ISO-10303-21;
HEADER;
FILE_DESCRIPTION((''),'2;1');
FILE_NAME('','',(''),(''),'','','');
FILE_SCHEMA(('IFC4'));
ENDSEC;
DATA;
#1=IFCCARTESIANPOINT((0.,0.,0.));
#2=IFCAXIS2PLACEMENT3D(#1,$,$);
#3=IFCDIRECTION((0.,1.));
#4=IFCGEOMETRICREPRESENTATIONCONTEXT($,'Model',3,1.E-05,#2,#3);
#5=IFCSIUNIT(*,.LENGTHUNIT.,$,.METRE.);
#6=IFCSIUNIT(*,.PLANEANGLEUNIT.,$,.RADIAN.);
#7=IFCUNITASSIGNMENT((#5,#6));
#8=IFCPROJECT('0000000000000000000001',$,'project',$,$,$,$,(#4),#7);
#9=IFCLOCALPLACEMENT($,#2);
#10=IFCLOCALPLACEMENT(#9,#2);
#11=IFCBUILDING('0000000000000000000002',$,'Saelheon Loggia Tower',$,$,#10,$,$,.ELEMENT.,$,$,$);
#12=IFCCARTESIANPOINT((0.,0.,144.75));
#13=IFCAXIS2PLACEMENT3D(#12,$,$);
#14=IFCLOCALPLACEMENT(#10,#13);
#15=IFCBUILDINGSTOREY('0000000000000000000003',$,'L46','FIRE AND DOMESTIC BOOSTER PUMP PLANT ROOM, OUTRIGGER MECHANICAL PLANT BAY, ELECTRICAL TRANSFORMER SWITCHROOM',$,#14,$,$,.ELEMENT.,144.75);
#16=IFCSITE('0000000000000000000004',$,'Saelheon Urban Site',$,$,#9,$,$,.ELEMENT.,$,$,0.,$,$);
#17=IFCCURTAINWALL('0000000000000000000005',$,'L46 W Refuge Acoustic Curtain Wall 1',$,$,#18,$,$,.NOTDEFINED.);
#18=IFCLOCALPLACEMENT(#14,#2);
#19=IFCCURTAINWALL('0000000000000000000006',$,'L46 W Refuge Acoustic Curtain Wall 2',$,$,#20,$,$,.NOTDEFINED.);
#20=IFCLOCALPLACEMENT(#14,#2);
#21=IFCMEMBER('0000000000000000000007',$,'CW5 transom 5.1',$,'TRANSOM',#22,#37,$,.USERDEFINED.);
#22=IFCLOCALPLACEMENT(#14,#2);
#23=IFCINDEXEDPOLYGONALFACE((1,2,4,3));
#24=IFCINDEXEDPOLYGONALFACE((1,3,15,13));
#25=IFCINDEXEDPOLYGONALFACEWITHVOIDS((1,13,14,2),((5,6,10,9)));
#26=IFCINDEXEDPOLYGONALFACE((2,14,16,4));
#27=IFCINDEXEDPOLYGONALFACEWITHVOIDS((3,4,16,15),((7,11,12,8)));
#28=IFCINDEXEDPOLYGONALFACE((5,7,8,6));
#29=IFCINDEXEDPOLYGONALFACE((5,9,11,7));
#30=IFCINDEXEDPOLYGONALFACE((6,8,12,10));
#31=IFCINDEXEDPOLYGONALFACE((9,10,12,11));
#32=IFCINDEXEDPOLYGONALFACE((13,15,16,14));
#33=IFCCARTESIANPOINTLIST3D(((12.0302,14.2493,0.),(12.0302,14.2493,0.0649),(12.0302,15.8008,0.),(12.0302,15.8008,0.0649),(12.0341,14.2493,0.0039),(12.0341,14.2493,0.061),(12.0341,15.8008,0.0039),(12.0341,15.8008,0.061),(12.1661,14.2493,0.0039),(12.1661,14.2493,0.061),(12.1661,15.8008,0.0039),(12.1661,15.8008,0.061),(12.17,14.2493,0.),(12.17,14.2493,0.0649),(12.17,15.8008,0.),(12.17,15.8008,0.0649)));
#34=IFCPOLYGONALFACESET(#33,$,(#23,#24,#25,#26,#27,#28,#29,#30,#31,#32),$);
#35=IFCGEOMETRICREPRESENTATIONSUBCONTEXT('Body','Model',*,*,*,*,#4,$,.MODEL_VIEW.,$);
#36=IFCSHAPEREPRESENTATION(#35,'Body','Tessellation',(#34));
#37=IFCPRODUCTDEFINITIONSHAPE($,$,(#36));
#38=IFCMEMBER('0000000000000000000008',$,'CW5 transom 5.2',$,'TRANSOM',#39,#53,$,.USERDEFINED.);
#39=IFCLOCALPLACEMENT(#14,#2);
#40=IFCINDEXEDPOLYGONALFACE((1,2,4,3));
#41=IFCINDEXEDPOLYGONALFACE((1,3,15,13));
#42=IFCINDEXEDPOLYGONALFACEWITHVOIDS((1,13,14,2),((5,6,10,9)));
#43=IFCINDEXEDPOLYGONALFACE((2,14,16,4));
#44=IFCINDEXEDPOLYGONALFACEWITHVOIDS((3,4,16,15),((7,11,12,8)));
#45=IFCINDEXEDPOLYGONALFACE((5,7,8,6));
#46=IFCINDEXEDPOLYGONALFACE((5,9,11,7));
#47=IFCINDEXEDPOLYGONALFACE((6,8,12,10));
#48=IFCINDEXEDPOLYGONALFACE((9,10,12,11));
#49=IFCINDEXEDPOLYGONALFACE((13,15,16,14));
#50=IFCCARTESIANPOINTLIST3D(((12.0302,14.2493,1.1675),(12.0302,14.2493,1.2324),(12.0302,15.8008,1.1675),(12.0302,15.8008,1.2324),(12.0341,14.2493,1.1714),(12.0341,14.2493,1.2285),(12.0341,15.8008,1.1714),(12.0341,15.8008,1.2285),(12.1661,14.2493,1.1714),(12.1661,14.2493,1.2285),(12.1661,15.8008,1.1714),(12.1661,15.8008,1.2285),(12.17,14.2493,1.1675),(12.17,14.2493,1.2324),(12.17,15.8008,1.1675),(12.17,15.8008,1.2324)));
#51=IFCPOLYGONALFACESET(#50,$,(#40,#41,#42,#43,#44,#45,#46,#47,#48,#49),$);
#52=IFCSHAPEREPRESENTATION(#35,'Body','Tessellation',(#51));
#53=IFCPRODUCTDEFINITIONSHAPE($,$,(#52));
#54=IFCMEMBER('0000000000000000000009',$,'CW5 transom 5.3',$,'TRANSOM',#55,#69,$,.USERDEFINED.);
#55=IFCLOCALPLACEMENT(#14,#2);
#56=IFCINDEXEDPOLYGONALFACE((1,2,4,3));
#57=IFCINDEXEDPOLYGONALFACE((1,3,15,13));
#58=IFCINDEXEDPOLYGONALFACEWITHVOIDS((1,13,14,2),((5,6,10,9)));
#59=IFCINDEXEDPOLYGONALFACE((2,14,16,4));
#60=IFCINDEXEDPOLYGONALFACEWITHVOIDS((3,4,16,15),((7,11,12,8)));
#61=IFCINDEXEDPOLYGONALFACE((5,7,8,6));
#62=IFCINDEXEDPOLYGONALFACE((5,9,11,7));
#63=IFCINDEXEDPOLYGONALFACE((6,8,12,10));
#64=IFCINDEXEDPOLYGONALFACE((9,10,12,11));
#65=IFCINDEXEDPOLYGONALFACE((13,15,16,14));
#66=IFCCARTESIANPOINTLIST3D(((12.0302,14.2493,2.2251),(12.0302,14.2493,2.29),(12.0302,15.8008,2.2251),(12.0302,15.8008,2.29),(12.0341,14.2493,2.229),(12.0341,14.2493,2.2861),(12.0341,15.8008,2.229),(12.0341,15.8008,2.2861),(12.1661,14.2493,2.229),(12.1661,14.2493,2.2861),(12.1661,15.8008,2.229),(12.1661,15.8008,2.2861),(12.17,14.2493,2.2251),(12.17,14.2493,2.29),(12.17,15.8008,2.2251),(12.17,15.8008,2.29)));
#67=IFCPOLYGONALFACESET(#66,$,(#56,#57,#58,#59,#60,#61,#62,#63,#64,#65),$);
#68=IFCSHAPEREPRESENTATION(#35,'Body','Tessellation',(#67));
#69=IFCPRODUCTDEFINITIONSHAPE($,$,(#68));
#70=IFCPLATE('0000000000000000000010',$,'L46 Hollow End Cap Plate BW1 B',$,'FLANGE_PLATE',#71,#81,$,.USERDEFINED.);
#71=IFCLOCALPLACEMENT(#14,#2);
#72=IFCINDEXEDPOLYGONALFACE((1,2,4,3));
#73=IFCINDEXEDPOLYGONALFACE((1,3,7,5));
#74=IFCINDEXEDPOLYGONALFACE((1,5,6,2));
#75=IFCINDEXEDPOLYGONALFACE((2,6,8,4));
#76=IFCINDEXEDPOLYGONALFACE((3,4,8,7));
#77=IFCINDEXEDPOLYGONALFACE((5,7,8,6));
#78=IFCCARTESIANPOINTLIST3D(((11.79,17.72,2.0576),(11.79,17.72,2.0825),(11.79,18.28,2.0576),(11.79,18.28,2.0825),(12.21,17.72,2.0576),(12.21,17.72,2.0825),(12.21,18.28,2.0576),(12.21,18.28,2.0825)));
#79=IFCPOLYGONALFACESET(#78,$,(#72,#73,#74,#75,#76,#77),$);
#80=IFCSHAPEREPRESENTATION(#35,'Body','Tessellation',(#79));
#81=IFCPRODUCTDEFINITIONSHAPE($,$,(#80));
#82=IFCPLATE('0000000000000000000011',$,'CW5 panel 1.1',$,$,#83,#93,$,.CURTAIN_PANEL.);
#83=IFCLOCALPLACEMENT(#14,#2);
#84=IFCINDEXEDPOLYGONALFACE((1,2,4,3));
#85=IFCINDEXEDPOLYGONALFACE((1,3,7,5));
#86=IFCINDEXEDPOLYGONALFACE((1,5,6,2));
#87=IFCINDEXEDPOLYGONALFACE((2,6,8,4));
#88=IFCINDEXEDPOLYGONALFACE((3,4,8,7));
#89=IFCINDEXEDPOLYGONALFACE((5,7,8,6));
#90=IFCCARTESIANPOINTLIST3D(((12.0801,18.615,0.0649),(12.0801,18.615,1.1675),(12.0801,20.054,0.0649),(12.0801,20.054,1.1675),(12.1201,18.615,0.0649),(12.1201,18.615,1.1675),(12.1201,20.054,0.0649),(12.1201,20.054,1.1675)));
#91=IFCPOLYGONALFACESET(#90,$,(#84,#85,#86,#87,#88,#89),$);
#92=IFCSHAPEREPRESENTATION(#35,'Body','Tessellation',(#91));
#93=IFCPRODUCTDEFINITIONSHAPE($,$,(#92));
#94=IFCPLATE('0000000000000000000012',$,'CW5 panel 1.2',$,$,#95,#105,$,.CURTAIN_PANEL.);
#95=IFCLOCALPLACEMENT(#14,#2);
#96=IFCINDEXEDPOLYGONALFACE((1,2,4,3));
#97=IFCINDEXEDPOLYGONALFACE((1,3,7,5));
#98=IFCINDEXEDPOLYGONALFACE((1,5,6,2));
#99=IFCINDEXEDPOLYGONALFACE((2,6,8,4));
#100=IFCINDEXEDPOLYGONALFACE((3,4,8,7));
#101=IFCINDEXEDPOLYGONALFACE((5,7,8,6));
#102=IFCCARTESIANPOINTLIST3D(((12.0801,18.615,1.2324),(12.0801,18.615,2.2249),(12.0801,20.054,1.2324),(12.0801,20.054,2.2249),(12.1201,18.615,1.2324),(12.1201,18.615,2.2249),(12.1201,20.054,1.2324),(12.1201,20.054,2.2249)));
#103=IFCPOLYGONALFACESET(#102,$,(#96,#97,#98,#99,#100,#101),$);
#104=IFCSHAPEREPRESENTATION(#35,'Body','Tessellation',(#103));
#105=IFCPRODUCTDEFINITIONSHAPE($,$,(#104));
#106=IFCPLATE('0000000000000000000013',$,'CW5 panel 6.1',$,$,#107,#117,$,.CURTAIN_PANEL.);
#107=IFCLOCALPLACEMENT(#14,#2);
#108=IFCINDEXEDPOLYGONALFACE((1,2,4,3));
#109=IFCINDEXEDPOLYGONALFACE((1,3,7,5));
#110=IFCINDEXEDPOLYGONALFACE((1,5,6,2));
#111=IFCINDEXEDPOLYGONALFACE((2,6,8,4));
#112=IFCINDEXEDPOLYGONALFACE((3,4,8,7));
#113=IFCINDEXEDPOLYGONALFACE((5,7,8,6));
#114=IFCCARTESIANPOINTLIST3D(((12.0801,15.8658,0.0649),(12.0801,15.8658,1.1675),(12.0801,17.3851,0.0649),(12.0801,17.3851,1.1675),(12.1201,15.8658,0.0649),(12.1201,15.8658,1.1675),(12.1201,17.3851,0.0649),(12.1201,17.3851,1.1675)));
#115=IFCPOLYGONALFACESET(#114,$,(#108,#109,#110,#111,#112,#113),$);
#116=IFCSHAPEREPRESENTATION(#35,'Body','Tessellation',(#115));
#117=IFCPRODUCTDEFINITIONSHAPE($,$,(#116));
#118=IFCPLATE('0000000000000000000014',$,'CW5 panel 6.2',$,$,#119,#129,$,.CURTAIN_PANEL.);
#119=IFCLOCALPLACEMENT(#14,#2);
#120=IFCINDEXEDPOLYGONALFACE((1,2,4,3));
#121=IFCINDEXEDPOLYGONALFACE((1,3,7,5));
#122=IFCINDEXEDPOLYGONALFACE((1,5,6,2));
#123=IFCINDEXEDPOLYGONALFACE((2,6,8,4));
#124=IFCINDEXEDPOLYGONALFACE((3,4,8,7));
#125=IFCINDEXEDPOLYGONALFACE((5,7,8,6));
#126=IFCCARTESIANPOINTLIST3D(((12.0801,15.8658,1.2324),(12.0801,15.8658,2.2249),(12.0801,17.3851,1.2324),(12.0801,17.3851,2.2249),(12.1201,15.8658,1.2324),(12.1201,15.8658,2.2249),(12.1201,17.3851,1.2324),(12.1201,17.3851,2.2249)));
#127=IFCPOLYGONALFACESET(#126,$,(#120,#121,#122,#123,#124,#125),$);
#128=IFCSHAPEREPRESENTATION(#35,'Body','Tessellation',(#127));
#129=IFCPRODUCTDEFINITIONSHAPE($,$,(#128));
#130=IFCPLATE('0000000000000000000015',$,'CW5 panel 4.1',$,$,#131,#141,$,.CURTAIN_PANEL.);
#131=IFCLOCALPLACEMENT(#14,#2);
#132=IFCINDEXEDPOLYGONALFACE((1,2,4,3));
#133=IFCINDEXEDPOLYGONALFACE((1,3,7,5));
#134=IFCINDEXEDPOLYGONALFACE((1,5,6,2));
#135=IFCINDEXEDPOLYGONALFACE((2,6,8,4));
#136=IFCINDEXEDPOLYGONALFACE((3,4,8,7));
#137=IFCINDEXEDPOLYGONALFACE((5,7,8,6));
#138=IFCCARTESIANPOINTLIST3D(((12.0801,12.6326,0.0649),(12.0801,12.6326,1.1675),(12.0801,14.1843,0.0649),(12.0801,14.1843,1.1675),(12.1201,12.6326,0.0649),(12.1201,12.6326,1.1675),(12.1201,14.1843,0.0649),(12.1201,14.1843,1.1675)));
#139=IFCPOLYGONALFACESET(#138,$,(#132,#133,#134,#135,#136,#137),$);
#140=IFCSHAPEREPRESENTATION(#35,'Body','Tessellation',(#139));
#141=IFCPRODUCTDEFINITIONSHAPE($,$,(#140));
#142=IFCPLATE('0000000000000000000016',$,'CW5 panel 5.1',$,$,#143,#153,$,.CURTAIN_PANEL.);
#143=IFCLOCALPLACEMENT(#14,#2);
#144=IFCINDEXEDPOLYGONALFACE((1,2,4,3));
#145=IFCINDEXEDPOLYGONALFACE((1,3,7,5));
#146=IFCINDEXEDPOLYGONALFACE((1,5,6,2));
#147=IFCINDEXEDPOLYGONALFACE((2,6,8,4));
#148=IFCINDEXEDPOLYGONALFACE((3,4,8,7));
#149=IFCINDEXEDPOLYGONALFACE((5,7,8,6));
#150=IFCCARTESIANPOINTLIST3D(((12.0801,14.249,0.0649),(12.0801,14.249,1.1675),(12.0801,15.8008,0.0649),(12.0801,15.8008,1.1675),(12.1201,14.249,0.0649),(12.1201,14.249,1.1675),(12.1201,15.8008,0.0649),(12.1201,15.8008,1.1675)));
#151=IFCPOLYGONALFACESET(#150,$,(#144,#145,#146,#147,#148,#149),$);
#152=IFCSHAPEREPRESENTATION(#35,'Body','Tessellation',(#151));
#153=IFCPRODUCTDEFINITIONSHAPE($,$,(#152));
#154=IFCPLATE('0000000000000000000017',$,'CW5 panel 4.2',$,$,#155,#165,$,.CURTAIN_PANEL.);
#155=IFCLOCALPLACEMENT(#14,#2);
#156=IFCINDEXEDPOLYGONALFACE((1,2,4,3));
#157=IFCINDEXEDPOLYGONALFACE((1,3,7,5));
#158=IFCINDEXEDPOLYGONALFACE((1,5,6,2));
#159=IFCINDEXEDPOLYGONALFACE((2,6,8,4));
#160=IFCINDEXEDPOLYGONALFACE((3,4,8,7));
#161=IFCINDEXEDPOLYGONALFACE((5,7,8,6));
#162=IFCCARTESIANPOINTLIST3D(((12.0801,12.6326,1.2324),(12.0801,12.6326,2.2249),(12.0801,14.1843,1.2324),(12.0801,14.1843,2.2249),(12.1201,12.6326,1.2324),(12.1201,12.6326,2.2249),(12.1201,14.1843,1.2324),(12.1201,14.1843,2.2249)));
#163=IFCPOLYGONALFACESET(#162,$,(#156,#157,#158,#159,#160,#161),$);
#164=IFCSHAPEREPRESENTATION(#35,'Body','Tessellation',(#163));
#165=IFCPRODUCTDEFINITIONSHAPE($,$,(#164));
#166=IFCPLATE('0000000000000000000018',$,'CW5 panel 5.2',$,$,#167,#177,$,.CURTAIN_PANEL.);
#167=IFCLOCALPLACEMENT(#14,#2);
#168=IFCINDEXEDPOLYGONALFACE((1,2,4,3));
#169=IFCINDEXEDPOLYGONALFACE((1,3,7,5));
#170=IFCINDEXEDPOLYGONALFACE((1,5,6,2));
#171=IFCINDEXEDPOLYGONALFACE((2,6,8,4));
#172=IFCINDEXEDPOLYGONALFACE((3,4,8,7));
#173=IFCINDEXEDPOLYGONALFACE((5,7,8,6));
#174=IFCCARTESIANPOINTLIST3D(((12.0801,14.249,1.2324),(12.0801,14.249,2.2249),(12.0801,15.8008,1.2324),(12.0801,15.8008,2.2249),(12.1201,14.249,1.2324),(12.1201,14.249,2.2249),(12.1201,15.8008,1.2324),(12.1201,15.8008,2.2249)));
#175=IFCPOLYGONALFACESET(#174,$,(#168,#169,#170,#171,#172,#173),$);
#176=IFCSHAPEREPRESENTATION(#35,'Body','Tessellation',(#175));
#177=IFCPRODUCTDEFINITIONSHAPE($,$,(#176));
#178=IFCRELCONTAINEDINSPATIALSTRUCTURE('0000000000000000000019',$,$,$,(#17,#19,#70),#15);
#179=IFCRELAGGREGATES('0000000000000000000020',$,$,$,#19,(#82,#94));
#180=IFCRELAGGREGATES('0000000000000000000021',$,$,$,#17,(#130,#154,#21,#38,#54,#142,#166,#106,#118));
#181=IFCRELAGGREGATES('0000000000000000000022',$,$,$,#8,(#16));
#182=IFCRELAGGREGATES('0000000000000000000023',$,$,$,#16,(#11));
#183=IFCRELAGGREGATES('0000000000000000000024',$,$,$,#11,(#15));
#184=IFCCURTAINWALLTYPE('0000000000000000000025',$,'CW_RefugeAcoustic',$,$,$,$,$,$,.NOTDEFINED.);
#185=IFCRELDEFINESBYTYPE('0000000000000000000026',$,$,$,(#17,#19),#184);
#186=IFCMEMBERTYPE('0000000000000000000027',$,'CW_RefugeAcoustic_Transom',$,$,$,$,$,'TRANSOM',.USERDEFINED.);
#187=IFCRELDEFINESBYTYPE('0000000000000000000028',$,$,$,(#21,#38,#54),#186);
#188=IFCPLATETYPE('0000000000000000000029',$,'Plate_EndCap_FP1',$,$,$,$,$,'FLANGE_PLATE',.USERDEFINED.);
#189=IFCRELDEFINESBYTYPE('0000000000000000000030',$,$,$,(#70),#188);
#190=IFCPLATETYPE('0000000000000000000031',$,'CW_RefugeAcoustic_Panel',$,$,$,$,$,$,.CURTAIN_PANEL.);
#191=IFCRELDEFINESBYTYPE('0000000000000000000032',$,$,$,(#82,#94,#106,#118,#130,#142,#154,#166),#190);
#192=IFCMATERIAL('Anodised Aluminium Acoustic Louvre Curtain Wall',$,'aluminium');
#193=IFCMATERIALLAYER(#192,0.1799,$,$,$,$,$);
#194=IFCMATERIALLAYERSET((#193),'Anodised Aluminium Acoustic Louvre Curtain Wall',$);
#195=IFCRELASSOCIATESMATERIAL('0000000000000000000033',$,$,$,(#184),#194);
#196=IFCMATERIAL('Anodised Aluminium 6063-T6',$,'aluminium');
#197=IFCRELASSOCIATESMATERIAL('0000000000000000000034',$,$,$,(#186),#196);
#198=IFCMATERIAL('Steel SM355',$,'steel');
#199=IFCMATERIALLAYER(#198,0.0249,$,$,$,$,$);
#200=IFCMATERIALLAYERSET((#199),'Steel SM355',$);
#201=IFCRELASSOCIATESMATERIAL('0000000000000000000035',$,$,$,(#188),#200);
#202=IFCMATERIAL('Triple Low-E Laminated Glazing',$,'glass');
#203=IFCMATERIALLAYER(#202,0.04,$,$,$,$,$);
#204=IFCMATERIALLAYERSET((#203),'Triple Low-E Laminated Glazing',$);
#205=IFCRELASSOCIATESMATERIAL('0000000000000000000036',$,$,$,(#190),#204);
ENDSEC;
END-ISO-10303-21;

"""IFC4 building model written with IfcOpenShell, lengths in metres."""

from ifc_helpers import new_model, si_unit, direction, frame, origin, origin_2d, place, context, subcontext, project, spatial, rectangle, hollow_rectangle, extrude, source, transform, mapped, material, layer, layer_set, material_profile, profile_set, type_object, element, aggregate, save


model = new_model("IFC4")

# Units and contexts
model_context = context("Model", 3, precision=1e-05, world=origin(), true_north=direction((0.0, 1.0)))
body_context = subcontext(model_context, "Body", "Model", "MODEL_VIEW")
ifc_project = project(units=[si_unit("LENGTHUNIT", "METRE"), si_unit("PLANEANGLEUNIT", "RADIAN")], contexts=[model_context])

# Site, building, storey
site_placement = place(None, origin())
site = spatial("IfcSite", under=ifc_project, at=site_placement, Name="Saelheon Urban Site", CompositionType="ELEMENT", RefElevation=0.0)
building_placement = place(site_placement, origin())
building = spatial("IfcBuilding", under=site, at=building_placement, Name="Saelheon Loggia Tower", CompositionType="ELEMENT")
storey_placement = place(building_placement, frame((0.0, 0.0, 144.75)))
storey = spatial("IfcBuildingStorey", under=building, at=storey_placement, Name="L46", Description="FIRE AND DOMESTIC BOOSTER PUMP PLANT ROOM, OUTRIGGER MECHANICAL PLANT BAY, ELECTRICAL TRANSFORMER SWITCHROOM", CompositionType="ELEMENT", Elevation=144.75)

# Curtain walls
ifc_material_1 = material(Name="Anodised Aluminium Acoustic Louvre Curtain Wall", Category="aluminium")
ifc_layer_1 = layer(ifc_material_1, 0.1799)
ifc_layer_set_1 = layer_set([ifc_layer_1], Name="Anodised Aluminium Acoustic Louvre Curtain Wall")
curtain_wall_type = type_object("IfcCurtainWallType", Name="CW_RefugeAcoustic", PredefinedType="NOTDEFINED", material=ifc_layer_set_1)
curtain_wall_1_placement = place(storey_placement, origin())
curtain_wall_1 = element("IfcCurtainWall", 1, at=curtain_wall_1_placement, inside=storey, type_object=curtain_wall_type, Name="L46 W Refuge Acoustic Curtain Wall 1", PredefinedType="NOTDEFINED")
ifc_material_2 = material(Name="Anodised Aluminium 6063-T6", Category="aluminium")
curtain_wall_2_placement = place(storey_placement, origin())
curtain_wall_2 = element("IfcCurtainWall", 2, at=curtain_wall_2_placement, inside=storey, type_object=curtain_wall_type, Name="L46 W Refuge Acoustic Curtain Wall 2", PredefinedType="NOTDEFINED")
ifc_material_profile_1 = material_profile(ifc_material_2, hollow_rectangle(XDim=0.0649, YDim=0.1399, WallThickness=0.0039, at=origin_2d()), Name="RHS-140x65x4")
ifc_profile_set_1 = profile_set([ifc_material_profile_1], Name="Anodised Aluminium 6063-T6")
member_type_1 = type_object("IfcMemberType", Name="CW_RefugeAcoustic_Transom", ElementType="TRANSOM", PredefinedType="USERDEFINED", material=ifc_profile_set_1)

# Members
shared_shape_1 = source(origin(), body_context, "Body", "SweptSolid", [
    extrude(hollow_rectangle(XDim=0.0649, YDim=0.1399, WallThickness=0.0039, at=origin_2d()), origin(), (0.0, 0.0, 1.0), 1.5515),
])
member_1_placement = place(storey_placement, frame((12.1001, 14.2493, 0.0325), z_axis=(0.0, 1.0, 0.0), x_axis=(0.0, 0.0, 1.0)))
member_1 = element("IfcMember", 3, at=member_1_placement, type_object=member_type_1, Name="CW5 transom 5.1", ObjectType="TRANSOM", PredefinedType="USERDEFINED", context=body_context, shape_type="MappedRepresentation", body=[
    mapped(shared_shape_1, transform((0.0, 0.0, 0.0), scale=1.0)),
])
member_2_placement = place(storey_placement, frame((12.1001, 14.2493, 1.2), z_axis=(0.0, 1.0, 0.0), x_axis=(0.0, 0.0, 1.0)))
member_2 = element("IfcMember", 4, at=member_2_placement, type_object=member_type_1, Name="CW5 transom 5.2", ObjectType="TRANSOM", PredefinedType="USERDEFINED", context=body_context, shape_type="MappedRepresentation", body=[
    mapped(shared_shape_1, transform((0.0, 0.0, 0.0), scale=1.0)),
])
member_3_placement = place(storey_placement, frame((12.1001, 14.2493, 2.2576), z_axis=(0.0, 1.0, 0.0), x_axis=(0.0, 0.0, 1.0)))
member_3 = element("IfcMember", 5, at=member_3_placement, type_object=member_type_1, Name="CW5 transom 5.3", ObjectType="TRANSOM", PredefinedType="USERDEFINED", context=body_context, shape_type="MappedRepresentation", body=[
    mapped(shared_shape_1, transform((0.0, 0.0, 0.0), scale=1.0)),
])

# Plates
ifc_material_3 = material(Name="Steel SM355", Category="steel")
ifc_layer_2 = layer(ifc_material_3, 0.0249)
ifc_layer_set_2 = layer_set([ifc_layer_2], Name="Steel SM355")
plate_type_1 = type_object("IfcPlateType", Name="Plate_EndCap_FP1", ElementType="FLANGE_PLATE", PredefinedType="USERDEFINED", material=ifc_layer_set_2)
shared_shape_2 = source(origin(), body_context, "Body", "SweptSolid", [
    extrude(rectangle(XDim=0.5601, YDim=0.4199, at=origin_2d()), origin(), (0.0, 0.0, 1.0), 0.0249),
])
plate_1_placement = place(storey_placement, frame((12.0, 18.0, 2.0576), z_axis=(0.0, 0.0, 1.0), x_axis=(0.0, 1.0, 0.0)))
element("IfcPlate", 6, at=plate_1_placement, inside=storey, type_object=plate_type_1, Name="L46 Hollow End Cap Plate BW1 B", ObjectType="FLANGE_PLATE", PredefinedType="USERDEFINED", context=body_context, shape_type="MappedRepresentation", body=[
    mapped(shared_shape_2, transform((0.0, 0.0, 0.0), scale=1.0)),
])
ifc_material_4 = material(Name="Triple Low-E Laminated Glazing", Category="glass")
ifc_layer_3 = layer(ifc_material_4, 0.04)
ifc_layer_set_3 = layer_set([ifc_layer_3], Name="Triple Low-E Laminated Glazing")
plate_type_2 = type_object("IfcPlateType", Name="CW_RefugeAcoustic_Panel", PredefinedType="CURTAIN_PANEL", material=ifc_layer_set_3)
shared_shape_3 = source(origin(), body_context, "Body", "SweptSolid", [
    extrude(rectangle(XDim=1.439, YDim=0.04, at=origin_2d()), origin(), (0.0, 0.0, 1.0), 1.1025),
])
plate_2_placement = place(storey_placement, frame((12.1001, 19.3345, 0.0649), z_axis=(0.0, 0.0, 1.0), x_axis=(0.0, 1.0, 0.0)))
plate_2 = element("IfcPlate", 7, at=plate_2_placement, type_object=plate_type_2, Name="CW5 panel 1.1", PredefinedType="CURTAIN_PANEL", context=body_context, shape_type="MappedRepresentation", body=[
    mapped(shared_shape_3, transform((0.0, 0.0, 0.0), scale=1.0)),
])
shared_shape_4 = source(origin(), body_context, "Body", "SweptSolid", [
    extrude(rectangle(XDim=1.439, YDim=0.04, at=origin_2d()), origin(), (0.0, 0.0, 1.0), 0.9924),
])
plate_3_placement = place(storey_placement, frame((12.1001, 19.3345, 1.2324), z_axis=(0.0, 0.0, 1.0), x_axis=(0.0, 1.0, 0.0)))
plate_3 = element("IfcPlate", 8, at=plate_3_placement, type_object=plate_type_2, Name="CW5 panel 1.2", PredefinedType="CURTAIN_PANEL", context=body_context, shape_type="MappedRepresentation", body=[
    mapped(shared_shape_4, transform((0.0, 0.0, 0.0), scale=1.0)),
])
aggregate(curtain_wall_2, [plate_2, plate_3])
shared_shape_5 = source(origin(), body_context, "Body", "SweptSolid", [
    extrude(rectangle(XDim=1.5193, YDim=0.04, at=origin_2d()), origin(), (0.0, 0.0, 1.0), 1.1025),
])
plate_4_placement = place(storey_placement, frame((12.1001, 16.6255, 0.0649), z_axis=(0.0, 0.0, 1.0), x_axis=(0.0, 1.0, 0.0)))
plate_4 = element("IfcPlate", 9, at=plate_4_placement, type_object=plate_type_2, Name="CW5 panel 6.1", PredefinedType="CURTAIN_PANEL", context=body_context, shape_type="MappedRepresentation", body=[
    mapped(shared_shape_5, transform((0.0, 0.0, 0.0), scale=1.0)),
])
shared_shape_6 = source(origin(), body_context, "Body", "SweptSolid", [
    extrude(rectangle(XDim=1.5193, YDim=0.04, at=origin_2d()), origin(), (0.0, 0.0, 1.0), 0.9924),
])
plate_5_placement = place(storey_placement, frame((12.1001, 16.6255, 1.2324), z_axis=(0.0, 0.0, 1.0), x_axis=(0.0, 1.0, 0.0)))
plate_5 = element("IfcPlate", 10, at=plate_5_placement, type_object=plate_type_2, Name="CW5 panel 6.2", PredefinedType="CURTAIN_PANEL", context=body_context, shape_type="MappedRepresentation", body=[
    mapped(shared_shape_6, transform((0.0, 0.0, 0.0), scale=1.0)),
])
shared_shape_7 = source(origin(), body_context, "Body", "SweptSolid", [
    extrude(rectangle(XDim=1.5518, YDim=0.04, at=origin_2d()), origin(), (0.0, 0.0, 1.0), 1.1025),
])
plate_6_placement = place(storey_placement, frame((12.1001, 13.4084, 0.0649), z_axis=(0.0, 0.0, 1.0), x_axis=(0.0, 1.0, 0.0)))
plate_6 = element("IfcPlate", 11, at=plate_6_placement, type_object=plate_type_2, Name="CW5 panel 4.1", PredefinedType="CURTAIN_PANEL", context=body_context, shape_type="MappedRepresentation", body=[
    mapped(shared_shape_7, transform((0.0, 0.0, 0.0), scale=1.0)),
])
plate_7_placement = place(storey_placement, frame((12.1001, 15.0249, 0.0649), z_axis=(0.0, 0.0, 1.0), x_axis=(0.0, 1.0, 0.0)))
plate_7 = element("IfcPlate", 12, at=plate_7_placement, type_object=plate_type_2, Name="CW5 panel 5.1", PredefinedType="CURTAIN_PANEL", context=body_context, shape_type="MappedRepresentation", body=[
    mapped(shared_shape_7, transform((0.0, 0.0, 0.0), scale=1.0)),
])
shared_shape_8 = source(origin(), body_context, "Body", "SweptSolid", [
    extrude(rectangle(XDim=1.5518, YDim=0.04, at=origin_2d()), origin(), (0.0, 0.0, 1.0), 0.9924),
])
plate_8_placement = place(storey_placement, frame((12.1001, 13.4084, 1.2324), z_axis=(0.0, 0.0, 1.0), x_axis=(0.0, 1.0, 0.0)))
plate_8 = element("IfcPlate", 13, at=plate_8_placement, type_object=plate_type_2, Name="CW5 panel 4.2", PredefinedType="CURTAIN_PANEL", context=body_context, shape_type="MappedRepresentation", body=[
    mapped(shared_shape_8, transform((0.0, 0.0, 0.0), scale=1.0)),
])
plate_9_placement = place(storey_placement, frame((12.1001, 15.0249, 1.2324), z_axis=(0.0, 0.0, 1.0), x_axis=(0.0, 1.0, 0.0)))
plate_9 = element("IfcPlate", 14, at=plate_9_placement, type_object=plate_type_2, Name="CW5 panel 5.2", PredefinedType="CURTAIN_PANEL", context=body_context, shape_type="MappedRepresentation", body=[
    mapped(shared_shape_8, transform((0.0, 0.0, 0.0), scale=1.0)),
])
aggregate(curtain_wall_1, [plate_6, plate_8, member_1, member_2, member_3, plate_7, plate_9, plate_4, plate_5])

save(model, "model.ifc")
